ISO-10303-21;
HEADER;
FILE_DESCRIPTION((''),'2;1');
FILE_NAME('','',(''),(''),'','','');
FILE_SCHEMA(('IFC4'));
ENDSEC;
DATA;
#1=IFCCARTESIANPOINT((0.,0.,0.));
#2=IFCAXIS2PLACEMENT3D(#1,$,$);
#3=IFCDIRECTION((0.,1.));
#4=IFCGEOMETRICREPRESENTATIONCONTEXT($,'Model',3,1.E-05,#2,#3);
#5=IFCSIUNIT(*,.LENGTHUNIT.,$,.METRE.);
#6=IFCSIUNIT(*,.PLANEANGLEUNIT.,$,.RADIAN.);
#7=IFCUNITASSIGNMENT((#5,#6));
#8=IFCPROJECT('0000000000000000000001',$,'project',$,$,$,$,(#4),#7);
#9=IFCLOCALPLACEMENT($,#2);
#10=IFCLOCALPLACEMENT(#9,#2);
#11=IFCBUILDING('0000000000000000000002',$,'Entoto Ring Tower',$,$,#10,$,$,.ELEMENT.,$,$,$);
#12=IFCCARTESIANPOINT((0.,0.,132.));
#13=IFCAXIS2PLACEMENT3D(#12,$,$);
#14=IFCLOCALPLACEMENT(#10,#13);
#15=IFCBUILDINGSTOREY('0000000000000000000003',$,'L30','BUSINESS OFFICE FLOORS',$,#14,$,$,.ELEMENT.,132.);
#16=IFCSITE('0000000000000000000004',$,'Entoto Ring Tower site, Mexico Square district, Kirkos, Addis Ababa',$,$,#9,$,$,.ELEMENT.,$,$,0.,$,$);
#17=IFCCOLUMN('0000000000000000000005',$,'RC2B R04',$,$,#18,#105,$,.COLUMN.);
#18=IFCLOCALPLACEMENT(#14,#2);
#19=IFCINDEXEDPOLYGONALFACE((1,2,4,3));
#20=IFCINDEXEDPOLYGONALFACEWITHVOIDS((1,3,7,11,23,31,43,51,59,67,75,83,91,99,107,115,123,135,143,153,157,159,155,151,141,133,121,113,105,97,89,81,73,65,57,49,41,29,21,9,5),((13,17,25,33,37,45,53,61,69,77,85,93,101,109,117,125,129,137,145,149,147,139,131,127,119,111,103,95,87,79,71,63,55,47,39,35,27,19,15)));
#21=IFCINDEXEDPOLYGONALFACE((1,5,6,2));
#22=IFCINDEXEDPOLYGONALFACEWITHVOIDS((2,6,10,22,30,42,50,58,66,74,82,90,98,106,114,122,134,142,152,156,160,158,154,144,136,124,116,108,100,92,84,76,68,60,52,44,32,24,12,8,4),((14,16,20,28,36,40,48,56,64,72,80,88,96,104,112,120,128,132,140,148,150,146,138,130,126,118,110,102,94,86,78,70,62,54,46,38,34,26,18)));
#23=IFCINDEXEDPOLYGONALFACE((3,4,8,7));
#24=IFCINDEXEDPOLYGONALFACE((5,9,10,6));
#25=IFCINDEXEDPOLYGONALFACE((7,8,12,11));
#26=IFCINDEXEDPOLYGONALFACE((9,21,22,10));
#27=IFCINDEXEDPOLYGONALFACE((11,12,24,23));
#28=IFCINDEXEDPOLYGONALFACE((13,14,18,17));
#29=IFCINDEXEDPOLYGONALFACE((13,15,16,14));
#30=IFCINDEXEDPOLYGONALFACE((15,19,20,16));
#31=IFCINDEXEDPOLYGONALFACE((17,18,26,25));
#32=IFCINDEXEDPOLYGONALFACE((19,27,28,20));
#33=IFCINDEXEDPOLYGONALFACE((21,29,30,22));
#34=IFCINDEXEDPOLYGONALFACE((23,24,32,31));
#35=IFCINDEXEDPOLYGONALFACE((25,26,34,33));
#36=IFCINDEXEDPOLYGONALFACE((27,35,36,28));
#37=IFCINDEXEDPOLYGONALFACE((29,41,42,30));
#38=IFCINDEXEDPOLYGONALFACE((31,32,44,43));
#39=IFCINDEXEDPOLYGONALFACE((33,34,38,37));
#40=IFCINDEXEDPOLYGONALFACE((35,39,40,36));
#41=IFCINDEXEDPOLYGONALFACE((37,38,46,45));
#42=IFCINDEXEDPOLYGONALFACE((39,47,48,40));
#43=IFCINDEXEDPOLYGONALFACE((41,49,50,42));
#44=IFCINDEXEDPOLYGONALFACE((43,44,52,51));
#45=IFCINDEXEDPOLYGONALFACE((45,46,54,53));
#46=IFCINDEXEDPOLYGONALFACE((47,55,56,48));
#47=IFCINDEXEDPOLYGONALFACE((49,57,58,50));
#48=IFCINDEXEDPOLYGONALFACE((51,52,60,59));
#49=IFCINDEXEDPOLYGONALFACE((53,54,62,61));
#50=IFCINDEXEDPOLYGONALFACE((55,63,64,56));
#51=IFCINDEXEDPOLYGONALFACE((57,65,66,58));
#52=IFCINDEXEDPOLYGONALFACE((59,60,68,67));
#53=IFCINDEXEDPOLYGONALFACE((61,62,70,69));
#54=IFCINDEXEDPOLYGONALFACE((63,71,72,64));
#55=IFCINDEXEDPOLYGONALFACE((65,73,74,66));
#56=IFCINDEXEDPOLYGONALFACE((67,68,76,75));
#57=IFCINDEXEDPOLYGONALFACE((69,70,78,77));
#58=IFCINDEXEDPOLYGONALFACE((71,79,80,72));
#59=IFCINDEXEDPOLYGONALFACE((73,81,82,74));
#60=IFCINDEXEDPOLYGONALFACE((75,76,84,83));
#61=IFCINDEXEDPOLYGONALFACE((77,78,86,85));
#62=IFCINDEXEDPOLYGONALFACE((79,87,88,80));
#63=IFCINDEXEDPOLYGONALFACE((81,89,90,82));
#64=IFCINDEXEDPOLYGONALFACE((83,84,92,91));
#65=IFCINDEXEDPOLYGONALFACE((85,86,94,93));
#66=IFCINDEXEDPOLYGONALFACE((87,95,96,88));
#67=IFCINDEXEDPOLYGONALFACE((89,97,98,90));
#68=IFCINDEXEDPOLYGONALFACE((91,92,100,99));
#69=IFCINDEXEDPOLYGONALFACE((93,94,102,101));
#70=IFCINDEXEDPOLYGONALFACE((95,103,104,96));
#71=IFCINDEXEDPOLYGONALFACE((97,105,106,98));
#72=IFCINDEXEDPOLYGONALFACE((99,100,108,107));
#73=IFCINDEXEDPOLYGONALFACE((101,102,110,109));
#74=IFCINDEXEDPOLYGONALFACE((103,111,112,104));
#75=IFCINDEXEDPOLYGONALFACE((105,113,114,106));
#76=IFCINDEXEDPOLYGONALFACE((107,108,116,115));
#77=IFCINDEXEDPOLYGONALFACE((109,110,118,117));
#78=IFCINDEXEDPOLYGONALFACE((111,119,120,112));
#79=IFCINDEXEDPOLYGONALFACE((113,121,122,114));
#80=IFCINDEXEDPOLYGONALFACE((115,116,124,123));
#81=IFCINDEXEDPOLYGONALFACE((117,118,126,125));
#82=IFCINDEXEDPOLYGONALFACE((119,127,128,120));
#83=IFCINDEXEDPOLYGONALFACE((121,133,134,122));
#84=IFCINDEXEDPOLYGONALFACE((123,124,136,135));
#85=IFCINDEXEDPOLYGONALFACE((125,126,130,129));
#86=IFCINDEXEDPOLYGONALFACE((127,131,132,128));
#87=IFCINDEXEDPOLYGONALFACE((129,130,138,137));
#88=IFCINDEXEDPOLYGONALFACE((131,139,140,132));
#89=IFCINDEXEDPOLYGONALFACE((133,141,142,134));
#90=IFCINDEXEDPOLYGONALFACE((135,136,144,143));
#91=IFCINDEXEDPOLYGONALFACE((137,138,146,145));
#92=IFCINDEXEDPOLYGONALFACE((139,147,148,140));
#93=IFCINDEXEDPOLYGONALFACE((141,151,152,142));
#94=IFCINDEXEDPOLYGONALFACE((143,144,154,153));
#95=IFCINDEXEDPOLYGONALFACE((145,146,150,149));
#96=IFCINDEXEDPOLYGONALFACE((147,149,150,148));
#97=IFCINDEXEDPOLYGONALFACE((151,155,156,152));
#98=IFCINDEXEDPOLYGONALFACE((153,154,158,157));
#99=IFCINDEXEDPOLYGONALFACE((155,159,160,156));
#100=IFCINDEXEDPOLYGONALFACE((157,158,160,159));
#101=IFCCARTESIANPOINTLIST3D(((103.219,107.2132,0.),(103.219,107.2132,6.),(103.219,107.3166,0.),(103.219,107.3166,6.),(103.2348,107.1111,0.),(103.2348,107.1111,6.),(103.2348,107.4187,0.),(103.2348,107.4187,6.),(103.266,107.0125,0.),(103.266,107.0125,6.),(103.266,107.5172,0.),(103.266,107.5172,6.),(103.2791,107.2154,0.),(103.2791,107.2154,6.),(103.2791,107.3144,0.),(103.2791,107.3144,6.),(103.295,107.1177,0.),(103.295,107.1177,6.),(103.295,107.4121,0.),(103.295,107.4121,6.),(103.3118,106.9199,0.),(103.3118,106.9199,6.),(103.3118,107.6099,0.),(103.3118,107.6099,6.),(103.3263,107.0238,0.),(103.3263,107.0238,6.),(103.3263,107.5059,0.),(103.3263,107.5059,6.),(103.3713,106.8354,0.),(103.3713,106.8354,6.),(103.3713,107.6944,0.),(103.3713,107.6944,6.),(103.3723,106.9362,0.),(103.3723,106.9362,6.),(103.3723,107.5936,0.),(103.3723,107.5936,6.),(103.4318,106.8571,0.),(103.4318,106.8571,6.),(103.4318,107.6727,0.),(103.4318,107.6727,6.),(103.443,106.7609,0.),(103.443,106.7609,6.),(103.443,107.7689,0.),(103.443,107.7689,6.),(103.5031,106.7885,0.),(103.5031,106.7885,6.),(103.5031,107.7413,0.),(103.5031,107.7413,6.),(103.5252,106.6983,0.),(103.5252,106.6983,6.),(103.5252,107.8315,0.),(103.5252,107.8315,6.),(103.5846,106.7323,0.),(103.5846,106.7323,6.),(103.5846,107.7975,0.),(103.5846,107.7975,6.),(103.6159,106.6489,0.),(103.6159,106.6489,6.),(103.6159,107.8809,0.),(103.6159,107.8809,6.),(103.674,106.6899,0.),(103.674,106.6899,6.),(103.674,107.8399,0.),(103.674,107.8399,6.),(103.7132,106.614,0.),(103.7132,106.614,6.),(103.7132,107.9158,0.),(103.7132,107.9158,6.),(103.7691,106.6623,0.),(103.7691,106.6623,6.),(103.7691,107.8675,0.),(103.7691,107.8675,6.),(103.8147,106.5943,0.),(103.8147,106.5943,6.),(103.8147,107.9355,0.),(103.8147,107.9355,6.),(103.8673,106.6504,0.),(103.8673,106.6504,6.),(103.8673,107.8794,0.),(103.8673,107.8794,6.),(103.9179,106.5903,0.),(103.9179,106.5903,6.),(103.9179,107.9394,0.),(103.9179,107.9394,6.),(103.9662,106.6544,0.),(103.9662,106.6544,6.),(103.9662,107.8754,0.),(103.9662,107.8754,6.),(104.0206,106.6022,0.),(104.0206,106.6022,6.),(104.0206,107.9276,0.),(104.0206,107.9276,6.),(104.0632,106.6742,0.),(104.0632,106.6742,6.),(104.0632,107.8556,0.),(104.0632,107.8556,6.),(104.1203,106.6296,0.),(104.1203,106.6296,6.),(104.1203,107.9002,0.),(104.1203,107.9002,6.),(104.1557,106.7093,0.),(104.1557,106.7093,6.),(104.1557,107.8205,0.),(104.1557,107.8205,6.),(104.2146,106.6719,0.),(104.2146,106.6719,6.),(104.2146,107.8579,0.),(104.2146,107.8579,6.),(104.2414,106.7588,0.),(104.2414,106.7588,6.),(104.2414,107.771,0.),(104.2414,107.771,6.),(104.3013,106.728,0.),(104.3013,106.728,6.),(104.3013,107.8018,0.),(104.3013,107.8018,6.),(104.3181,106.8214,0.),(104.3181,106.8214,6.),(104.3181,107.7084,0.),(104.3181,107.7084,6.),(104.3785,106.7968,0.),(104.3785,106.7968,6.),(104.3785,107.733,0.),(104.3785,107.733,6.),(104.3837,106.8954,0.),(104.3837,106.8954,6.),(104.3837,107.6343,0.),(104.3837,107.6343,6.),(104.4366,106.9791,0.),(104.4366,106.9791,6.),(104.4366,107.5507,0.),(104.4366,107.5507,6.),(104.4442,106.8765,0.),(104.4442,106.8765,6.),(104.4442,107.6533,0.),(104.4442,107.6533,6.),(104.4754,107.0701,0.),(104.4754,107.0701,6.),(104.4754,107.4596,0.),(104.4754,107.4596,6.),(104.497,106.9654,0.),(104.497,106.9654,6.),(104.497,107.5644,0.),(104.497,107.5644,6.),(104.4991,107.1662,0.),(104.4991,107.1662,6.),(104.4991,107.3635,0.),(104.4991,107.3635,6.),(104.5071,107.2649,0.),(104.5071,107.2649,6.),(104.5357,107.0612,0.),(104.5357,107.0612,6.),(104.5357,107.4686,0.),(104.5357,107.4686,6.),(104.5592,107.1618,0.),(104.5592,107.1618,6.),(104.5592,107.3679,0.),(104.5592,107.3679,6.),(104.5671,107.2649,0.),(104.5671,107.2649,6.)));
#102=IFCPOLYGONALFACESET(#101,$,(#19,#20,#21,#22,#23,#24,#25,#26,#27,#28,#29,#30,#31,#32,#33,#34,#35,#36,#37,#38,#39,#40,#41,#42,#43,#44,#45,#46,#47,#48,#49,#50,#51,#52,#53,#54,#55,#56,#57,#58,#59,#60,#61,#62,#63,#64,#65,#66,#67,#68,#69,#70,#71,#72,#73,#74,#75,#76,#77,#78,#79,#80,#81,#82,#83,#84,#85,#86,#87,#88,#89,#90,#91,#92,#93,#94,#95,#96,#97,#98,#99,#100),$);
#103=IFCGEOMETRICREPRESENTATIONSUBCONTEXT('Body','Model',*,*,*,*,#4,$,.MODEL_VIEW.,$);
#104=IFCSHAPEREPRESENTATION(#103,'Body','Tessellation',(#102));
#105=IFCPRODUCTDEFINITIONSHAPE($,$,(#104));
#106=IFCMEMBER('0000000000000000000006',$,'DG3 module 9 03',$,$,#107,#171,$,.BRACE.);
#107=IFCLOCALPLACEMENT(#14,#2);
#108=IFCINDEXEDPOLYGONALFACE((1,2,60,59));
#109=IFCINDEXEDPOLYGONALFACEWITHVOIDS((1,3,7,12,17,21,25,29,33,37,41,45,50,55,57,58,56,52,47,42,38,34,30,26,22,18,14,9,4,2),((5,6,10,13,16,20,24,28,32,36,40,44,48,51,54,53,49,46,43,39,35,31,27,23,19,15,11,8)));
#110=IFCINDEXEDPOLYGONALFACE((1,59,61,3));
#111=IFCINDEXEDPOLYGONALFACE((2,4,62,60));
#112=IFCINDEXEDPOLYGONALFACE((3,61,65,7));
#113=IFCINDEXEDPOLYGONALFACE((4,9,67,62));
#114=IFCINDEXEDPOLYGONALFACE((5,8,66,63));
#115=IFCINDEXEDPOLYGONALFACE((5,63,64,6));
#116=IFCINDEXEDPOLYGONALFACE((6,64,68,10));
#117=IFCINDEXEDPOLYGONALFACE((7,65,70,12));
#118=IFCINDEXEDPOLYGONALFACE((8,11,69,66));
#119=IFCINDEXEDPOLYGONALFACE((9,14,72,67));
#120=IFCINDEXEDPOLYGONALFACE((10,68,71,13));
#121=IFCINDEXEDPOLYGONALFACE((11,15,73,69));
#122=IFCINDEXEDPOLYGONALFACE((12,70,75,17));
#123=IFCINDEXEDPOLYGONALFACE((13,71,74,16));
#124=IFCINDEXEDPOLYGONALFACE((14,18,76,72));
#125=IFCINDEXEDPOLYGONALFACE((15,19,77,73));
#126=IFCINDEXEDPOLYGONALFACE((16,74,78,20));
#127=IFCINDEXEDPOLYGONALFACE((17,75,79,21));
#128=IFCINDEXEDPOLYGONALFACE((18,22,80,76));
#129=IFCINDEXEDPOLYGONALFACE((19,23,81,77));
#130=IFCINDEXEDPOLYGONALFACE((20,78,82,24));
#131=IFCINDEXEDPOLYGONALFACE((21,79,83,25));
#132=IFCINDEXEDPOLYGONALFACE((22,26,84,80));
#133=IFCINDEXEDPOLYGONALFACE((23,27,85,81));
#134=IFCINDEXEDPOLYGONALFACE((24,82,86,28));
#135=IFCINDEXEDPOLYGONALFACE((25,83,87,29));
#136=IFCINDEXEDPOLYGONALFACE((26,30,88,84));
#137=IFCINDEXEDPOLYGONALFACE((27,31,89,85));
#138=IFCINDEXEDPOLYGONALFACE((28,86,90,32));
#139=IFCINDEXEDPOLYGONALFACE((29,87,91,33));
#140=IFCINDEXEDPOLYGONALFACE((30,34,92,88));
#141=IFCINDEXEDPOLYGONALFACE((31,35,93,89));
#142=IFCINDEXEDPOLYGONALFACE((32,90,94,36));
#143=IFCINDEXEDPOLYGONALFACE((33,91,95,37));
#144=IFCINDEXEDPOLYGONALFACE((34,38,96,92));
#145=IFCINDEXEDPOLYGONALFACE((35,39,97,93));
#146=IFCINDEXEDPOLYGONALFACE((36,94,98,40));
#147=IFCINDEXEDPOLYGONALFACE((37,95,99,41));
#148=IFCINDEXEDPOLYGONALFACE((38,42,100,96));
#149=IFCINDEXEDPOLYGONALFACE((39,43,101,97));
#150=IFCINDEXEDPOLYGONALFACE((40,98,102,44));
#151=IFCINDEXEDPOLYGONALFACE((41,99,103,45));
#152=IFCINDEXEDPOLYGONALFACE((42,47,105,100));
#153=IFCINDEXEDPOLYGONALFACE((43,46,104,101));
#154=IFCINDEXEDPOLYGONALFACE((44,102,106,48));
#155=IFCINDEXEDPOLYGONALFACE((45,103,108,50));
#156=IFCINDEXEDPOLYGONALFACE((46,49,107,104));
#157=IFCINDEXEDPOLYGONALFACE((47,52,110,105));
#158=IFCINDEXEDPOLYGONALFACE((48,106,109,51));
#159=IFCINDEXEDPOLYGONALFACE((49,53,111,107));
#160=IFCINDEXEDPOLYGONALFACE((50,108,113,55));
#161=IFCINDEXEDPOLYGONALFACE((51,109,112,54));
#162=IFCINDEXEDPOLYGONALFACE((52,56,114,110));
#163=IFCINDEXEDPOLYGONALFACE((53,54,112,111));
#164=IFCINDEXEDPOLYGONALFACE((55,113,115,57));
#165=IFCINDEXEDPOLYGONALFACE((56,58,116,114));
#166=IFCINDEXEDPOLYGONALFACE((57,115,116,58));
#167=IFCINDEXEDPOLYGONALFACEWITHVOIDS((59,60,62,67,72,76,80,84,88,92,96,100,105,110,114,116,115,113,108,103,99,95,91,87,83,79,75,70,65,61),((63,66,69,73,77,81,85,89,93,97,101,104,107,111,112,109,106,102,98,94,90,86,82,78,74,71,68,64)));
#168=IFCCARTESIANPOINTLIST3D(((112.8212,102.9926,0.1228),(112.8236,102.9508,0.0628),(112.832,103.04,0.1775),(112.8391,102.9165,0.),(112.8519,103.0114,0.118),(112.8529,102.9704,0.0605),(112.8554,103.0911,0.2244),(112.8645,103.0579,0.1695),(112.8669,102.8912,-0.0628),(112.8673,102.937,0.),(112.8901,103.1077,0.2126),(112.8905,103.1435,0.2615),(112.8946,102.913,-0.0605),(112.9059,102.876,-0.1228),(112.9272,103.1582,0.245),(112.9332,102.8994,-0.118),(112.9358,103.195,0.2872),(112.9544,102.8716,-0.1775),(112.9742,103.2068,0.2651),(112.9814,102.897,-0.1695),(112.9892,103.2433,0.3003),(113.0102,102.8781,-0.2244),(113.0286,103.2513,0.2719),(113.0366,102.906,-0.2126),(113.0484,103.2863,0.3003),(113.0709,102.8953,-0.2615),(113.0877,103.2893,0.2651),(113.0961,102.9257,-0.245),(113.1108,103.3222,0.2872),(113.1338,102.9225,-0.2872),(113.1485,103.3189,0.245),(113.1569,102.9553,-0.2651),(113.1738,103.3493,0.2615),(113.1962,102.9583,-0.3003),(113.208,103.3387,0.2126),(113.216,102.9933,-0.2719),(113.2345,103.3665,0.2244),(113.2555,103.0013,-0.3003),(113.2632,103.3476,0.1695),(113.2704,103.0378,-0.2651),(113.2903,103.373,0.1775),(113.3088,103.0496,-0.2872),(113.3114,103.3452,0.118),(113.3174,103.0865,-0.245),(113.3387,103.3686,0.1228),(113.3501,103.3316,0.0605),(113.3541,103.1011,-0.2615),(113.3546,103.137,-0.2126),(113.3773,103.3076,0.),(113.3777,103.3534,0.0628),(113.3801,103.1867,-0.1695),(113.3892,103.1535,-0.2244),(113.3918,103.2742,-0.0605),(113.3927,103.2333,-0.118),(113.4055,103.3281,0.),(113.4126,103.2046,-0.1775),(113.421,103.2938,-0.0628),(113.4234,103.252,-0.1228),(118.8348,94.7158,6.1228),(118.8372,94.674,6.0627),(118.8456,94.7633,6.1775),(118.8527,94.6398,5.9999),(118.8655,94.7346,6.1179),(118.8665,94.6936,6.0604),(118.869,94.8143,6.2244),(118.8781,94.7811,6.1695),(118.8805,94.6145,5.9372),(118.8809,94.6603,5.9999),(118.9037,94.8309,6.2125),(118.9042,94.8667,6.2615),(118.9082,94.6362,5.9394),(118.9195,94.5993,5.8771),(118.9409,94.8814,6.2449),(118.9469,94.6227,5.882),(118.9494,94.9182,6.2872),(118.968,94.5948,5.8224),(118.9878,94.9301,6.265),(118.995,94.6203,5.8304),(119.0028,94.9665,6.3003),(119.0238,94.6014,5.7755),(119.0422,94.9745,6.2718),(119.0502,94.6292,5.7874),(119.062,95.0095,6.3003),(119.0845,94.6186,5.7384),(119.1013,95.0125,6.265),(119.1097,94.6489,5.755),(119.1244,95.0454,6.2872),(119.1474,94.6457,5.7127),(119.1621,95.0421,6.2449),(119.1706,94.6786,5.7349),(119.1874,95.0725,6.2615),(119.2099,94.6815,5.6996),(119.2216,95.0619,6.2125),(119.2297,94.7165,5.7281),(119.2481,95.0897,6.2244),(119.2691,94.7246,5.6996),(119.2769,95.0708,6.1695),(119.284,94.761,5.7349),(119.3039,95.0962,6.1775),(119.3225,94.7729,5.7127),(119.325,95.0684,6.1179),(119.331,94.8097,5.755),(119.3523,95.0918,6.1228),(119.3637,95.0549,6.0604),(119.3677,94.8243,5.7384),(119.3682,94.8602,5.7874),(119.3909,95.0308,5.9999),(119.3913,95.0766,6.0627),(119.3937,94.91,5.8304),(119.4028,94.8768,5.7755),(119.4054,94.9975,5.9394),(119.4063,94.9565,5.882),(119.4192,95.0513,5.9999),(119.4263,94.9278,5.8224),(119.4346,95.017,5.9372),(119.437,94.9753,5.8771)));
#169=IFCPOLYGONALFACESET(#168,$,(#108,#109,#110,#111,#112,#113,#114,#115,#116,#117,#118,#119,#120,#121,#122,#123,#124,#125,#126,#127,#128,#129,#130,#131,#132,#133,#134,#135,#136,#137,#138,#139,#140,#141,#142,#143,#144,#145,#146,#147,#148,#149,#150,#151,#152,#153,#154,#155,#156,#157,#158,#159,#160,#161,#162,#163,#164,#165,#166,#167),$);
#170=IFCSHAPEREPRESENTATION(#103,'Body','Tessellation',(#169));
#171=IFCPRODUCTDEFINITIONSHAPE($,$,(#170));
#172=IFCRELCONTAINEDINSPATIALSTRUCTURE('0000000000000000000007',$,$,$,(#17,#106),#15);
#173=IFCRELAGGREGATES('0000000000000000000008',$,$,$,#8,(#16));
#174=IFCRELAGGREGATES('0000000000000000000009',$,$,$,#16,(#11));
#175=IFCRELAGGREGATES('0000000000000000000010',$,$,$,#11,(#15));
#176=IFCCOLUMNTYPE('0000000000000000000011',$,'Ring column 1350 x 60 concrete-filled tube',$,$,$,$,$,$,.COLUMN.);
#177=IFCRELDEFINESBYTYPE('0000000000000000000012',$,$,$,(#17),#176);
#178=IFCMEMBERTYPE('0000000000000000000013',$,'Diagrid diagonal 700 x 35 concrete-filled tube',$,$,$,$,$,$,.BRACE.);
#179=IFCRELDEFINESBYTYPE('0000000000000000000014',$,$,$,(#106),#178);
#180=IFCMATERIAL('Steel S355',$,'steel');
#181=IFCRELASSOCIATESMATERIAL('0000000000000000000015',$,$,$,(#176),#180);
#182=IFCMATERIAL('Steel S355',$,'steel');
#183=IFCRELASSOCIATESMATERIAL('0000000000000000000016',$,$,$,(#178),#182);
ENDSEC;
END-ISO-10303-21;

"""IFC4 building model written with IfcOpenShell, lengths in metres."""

from ifc_helpers import new_model, si_unit, direction, frame, origin, origin_2d, place, context, subcontext, project, spatial, circle, hollow_circle, extrude, material, material_profile, profile_set, type_object, element, save


model = new_model("IFC4")

# Units and contexts
model_context = context("Model", 3, precision=1e-05, world=origin(), true_north=direction((0.0, 1.0)))
body_context = subcontext(model_context, "Body", "Model", "MODEL_VIEW")
ifc_project = project(units=[si_unit("LENGTHUNIT", "METRE"), si_unit("PLANEANGLEUNIT", "RADIAN")], contexts=[model_context])

# Site, building, storey
site_placement = place(None, origin())
site = spatial("IfcSite", under=ifc_project, at=site_placement, Name="Entoto Ring Tower site, Mexico Square district, Kirkos, Addis Ababa", CompositionType="ELEMENT", RefElevation=0.0)
building_placement = place(site_placement, origin())
building = spatial("IfcBuilding", under=site, at=building_placement, Name="Entoto Ring Tower", CompositionType="ELEMENT")
storey_placement = place(building_placement, frame((0.0, 0.0, 132.0)))
storey = spatial("IfcBuildingStorey", under=building, at=storey_placement, Name="L30", Description="BUSINESS OFFICE FLOORS", CompositionType="ELEMENT", Elevation=132.0)

# Column
ifc_material_1 = material(Name="Steel S355", Category="steel")
ifc_material_profile_1 = material_profile(ifc_material_1, hollow_circle(Radius=0.675, WallThickness=0.0601, at=origin_2d()), Name="CHS 1350 x 60")
ifc_material_2 = material(Name="Concrete C60/75", Category="concrete")
ifc_material_profile_2 = material_profile(ifc_material_2, circle(Radius=0.615, at=origin_2d()), Name="Concrete C60/75 infill")
ifc_profile_set_1 = profile_set([ifc_material_profile_1, ifc_material_profile_2], Name="Steel S355")
column_type = type_object("IfcColumnType", Name="Ring column 1350 x 60 concrete-filled tube", PredefinedType="COLUMN", material=ifc_profile_set_1)
for number, where, z_axis, x_axis, name in (
    (1, (103.8921, 107.2649, 0.0), (0.0, 0.0, 1.0), (1.0, 0.0, 0.0), "RC2B R04"),
):
    element("IfcColumn", number, at=place(storey_placement, frame(where, z_axis=z_axis, x_axis=x_axis)), inside=storey, type_object=column_type, Name=name, PredefinedType="COLUMN", context=body_context, shape_type="SweptSolid", body=[
        extrude(hollow_circle(Radius=0.675, WallThickness=0.0601, at=origin_2d()), origin(), (0.0, 0.0, 1.0), 6.0),
    ])

# Member
ifc_material_3 = material(Name="Steel S355", Category="steel")
ifc_material_profile_3 = material_profile(ifc_material_3, hollow_circle(Radius=0.3501, WallThickness=0.0349, at=origin_2d()), Name="CHS 700 x 35")
ifc_material_4 = material(Name="Concrete C60/75", Category="concrete")
ifc_material_profile_4 = material_profile(ifc_material_4, circle(Radius=0.3149, at=origin_2d()), Name="Concrete C60/75 infill")
ifc_profile_set_2 = profile_set([ifc_material_profile_3, ifc_material_profile_4], Name="Steel S355")
member_type_1 = type_object("IfcMemberType", Name="Diagrid diagonal 700 x 35 concrete-filled tube", PredefinedType="BRACE", material=ifc_profile_set_2)
for number, where, z_axis, x_axis, name in (
    (2, (113.1223, 103.1223, 0.0), (0.507035, -0.697853, 0.505882), (0.809008, 0.587797, 0.0), "DG3 module 9 03"),
):
    element("IfcMember", number, at=place(storey_placement, frame(where, z_axis=z_axis, x_axis=x_axis)), inside=storey, type_object=member_type_1, Name=name, PredefinedType="BRACE", context=body_context, shape_type="SweptSolid", body=[
        extrude(hollow_circle(Radius=0.3501, WallThickness=0.0349, at=origin_2d()), origin(), (0.0, 0.0, 1.0), 11.8604),
    ])

save(model, "model.ifc")
